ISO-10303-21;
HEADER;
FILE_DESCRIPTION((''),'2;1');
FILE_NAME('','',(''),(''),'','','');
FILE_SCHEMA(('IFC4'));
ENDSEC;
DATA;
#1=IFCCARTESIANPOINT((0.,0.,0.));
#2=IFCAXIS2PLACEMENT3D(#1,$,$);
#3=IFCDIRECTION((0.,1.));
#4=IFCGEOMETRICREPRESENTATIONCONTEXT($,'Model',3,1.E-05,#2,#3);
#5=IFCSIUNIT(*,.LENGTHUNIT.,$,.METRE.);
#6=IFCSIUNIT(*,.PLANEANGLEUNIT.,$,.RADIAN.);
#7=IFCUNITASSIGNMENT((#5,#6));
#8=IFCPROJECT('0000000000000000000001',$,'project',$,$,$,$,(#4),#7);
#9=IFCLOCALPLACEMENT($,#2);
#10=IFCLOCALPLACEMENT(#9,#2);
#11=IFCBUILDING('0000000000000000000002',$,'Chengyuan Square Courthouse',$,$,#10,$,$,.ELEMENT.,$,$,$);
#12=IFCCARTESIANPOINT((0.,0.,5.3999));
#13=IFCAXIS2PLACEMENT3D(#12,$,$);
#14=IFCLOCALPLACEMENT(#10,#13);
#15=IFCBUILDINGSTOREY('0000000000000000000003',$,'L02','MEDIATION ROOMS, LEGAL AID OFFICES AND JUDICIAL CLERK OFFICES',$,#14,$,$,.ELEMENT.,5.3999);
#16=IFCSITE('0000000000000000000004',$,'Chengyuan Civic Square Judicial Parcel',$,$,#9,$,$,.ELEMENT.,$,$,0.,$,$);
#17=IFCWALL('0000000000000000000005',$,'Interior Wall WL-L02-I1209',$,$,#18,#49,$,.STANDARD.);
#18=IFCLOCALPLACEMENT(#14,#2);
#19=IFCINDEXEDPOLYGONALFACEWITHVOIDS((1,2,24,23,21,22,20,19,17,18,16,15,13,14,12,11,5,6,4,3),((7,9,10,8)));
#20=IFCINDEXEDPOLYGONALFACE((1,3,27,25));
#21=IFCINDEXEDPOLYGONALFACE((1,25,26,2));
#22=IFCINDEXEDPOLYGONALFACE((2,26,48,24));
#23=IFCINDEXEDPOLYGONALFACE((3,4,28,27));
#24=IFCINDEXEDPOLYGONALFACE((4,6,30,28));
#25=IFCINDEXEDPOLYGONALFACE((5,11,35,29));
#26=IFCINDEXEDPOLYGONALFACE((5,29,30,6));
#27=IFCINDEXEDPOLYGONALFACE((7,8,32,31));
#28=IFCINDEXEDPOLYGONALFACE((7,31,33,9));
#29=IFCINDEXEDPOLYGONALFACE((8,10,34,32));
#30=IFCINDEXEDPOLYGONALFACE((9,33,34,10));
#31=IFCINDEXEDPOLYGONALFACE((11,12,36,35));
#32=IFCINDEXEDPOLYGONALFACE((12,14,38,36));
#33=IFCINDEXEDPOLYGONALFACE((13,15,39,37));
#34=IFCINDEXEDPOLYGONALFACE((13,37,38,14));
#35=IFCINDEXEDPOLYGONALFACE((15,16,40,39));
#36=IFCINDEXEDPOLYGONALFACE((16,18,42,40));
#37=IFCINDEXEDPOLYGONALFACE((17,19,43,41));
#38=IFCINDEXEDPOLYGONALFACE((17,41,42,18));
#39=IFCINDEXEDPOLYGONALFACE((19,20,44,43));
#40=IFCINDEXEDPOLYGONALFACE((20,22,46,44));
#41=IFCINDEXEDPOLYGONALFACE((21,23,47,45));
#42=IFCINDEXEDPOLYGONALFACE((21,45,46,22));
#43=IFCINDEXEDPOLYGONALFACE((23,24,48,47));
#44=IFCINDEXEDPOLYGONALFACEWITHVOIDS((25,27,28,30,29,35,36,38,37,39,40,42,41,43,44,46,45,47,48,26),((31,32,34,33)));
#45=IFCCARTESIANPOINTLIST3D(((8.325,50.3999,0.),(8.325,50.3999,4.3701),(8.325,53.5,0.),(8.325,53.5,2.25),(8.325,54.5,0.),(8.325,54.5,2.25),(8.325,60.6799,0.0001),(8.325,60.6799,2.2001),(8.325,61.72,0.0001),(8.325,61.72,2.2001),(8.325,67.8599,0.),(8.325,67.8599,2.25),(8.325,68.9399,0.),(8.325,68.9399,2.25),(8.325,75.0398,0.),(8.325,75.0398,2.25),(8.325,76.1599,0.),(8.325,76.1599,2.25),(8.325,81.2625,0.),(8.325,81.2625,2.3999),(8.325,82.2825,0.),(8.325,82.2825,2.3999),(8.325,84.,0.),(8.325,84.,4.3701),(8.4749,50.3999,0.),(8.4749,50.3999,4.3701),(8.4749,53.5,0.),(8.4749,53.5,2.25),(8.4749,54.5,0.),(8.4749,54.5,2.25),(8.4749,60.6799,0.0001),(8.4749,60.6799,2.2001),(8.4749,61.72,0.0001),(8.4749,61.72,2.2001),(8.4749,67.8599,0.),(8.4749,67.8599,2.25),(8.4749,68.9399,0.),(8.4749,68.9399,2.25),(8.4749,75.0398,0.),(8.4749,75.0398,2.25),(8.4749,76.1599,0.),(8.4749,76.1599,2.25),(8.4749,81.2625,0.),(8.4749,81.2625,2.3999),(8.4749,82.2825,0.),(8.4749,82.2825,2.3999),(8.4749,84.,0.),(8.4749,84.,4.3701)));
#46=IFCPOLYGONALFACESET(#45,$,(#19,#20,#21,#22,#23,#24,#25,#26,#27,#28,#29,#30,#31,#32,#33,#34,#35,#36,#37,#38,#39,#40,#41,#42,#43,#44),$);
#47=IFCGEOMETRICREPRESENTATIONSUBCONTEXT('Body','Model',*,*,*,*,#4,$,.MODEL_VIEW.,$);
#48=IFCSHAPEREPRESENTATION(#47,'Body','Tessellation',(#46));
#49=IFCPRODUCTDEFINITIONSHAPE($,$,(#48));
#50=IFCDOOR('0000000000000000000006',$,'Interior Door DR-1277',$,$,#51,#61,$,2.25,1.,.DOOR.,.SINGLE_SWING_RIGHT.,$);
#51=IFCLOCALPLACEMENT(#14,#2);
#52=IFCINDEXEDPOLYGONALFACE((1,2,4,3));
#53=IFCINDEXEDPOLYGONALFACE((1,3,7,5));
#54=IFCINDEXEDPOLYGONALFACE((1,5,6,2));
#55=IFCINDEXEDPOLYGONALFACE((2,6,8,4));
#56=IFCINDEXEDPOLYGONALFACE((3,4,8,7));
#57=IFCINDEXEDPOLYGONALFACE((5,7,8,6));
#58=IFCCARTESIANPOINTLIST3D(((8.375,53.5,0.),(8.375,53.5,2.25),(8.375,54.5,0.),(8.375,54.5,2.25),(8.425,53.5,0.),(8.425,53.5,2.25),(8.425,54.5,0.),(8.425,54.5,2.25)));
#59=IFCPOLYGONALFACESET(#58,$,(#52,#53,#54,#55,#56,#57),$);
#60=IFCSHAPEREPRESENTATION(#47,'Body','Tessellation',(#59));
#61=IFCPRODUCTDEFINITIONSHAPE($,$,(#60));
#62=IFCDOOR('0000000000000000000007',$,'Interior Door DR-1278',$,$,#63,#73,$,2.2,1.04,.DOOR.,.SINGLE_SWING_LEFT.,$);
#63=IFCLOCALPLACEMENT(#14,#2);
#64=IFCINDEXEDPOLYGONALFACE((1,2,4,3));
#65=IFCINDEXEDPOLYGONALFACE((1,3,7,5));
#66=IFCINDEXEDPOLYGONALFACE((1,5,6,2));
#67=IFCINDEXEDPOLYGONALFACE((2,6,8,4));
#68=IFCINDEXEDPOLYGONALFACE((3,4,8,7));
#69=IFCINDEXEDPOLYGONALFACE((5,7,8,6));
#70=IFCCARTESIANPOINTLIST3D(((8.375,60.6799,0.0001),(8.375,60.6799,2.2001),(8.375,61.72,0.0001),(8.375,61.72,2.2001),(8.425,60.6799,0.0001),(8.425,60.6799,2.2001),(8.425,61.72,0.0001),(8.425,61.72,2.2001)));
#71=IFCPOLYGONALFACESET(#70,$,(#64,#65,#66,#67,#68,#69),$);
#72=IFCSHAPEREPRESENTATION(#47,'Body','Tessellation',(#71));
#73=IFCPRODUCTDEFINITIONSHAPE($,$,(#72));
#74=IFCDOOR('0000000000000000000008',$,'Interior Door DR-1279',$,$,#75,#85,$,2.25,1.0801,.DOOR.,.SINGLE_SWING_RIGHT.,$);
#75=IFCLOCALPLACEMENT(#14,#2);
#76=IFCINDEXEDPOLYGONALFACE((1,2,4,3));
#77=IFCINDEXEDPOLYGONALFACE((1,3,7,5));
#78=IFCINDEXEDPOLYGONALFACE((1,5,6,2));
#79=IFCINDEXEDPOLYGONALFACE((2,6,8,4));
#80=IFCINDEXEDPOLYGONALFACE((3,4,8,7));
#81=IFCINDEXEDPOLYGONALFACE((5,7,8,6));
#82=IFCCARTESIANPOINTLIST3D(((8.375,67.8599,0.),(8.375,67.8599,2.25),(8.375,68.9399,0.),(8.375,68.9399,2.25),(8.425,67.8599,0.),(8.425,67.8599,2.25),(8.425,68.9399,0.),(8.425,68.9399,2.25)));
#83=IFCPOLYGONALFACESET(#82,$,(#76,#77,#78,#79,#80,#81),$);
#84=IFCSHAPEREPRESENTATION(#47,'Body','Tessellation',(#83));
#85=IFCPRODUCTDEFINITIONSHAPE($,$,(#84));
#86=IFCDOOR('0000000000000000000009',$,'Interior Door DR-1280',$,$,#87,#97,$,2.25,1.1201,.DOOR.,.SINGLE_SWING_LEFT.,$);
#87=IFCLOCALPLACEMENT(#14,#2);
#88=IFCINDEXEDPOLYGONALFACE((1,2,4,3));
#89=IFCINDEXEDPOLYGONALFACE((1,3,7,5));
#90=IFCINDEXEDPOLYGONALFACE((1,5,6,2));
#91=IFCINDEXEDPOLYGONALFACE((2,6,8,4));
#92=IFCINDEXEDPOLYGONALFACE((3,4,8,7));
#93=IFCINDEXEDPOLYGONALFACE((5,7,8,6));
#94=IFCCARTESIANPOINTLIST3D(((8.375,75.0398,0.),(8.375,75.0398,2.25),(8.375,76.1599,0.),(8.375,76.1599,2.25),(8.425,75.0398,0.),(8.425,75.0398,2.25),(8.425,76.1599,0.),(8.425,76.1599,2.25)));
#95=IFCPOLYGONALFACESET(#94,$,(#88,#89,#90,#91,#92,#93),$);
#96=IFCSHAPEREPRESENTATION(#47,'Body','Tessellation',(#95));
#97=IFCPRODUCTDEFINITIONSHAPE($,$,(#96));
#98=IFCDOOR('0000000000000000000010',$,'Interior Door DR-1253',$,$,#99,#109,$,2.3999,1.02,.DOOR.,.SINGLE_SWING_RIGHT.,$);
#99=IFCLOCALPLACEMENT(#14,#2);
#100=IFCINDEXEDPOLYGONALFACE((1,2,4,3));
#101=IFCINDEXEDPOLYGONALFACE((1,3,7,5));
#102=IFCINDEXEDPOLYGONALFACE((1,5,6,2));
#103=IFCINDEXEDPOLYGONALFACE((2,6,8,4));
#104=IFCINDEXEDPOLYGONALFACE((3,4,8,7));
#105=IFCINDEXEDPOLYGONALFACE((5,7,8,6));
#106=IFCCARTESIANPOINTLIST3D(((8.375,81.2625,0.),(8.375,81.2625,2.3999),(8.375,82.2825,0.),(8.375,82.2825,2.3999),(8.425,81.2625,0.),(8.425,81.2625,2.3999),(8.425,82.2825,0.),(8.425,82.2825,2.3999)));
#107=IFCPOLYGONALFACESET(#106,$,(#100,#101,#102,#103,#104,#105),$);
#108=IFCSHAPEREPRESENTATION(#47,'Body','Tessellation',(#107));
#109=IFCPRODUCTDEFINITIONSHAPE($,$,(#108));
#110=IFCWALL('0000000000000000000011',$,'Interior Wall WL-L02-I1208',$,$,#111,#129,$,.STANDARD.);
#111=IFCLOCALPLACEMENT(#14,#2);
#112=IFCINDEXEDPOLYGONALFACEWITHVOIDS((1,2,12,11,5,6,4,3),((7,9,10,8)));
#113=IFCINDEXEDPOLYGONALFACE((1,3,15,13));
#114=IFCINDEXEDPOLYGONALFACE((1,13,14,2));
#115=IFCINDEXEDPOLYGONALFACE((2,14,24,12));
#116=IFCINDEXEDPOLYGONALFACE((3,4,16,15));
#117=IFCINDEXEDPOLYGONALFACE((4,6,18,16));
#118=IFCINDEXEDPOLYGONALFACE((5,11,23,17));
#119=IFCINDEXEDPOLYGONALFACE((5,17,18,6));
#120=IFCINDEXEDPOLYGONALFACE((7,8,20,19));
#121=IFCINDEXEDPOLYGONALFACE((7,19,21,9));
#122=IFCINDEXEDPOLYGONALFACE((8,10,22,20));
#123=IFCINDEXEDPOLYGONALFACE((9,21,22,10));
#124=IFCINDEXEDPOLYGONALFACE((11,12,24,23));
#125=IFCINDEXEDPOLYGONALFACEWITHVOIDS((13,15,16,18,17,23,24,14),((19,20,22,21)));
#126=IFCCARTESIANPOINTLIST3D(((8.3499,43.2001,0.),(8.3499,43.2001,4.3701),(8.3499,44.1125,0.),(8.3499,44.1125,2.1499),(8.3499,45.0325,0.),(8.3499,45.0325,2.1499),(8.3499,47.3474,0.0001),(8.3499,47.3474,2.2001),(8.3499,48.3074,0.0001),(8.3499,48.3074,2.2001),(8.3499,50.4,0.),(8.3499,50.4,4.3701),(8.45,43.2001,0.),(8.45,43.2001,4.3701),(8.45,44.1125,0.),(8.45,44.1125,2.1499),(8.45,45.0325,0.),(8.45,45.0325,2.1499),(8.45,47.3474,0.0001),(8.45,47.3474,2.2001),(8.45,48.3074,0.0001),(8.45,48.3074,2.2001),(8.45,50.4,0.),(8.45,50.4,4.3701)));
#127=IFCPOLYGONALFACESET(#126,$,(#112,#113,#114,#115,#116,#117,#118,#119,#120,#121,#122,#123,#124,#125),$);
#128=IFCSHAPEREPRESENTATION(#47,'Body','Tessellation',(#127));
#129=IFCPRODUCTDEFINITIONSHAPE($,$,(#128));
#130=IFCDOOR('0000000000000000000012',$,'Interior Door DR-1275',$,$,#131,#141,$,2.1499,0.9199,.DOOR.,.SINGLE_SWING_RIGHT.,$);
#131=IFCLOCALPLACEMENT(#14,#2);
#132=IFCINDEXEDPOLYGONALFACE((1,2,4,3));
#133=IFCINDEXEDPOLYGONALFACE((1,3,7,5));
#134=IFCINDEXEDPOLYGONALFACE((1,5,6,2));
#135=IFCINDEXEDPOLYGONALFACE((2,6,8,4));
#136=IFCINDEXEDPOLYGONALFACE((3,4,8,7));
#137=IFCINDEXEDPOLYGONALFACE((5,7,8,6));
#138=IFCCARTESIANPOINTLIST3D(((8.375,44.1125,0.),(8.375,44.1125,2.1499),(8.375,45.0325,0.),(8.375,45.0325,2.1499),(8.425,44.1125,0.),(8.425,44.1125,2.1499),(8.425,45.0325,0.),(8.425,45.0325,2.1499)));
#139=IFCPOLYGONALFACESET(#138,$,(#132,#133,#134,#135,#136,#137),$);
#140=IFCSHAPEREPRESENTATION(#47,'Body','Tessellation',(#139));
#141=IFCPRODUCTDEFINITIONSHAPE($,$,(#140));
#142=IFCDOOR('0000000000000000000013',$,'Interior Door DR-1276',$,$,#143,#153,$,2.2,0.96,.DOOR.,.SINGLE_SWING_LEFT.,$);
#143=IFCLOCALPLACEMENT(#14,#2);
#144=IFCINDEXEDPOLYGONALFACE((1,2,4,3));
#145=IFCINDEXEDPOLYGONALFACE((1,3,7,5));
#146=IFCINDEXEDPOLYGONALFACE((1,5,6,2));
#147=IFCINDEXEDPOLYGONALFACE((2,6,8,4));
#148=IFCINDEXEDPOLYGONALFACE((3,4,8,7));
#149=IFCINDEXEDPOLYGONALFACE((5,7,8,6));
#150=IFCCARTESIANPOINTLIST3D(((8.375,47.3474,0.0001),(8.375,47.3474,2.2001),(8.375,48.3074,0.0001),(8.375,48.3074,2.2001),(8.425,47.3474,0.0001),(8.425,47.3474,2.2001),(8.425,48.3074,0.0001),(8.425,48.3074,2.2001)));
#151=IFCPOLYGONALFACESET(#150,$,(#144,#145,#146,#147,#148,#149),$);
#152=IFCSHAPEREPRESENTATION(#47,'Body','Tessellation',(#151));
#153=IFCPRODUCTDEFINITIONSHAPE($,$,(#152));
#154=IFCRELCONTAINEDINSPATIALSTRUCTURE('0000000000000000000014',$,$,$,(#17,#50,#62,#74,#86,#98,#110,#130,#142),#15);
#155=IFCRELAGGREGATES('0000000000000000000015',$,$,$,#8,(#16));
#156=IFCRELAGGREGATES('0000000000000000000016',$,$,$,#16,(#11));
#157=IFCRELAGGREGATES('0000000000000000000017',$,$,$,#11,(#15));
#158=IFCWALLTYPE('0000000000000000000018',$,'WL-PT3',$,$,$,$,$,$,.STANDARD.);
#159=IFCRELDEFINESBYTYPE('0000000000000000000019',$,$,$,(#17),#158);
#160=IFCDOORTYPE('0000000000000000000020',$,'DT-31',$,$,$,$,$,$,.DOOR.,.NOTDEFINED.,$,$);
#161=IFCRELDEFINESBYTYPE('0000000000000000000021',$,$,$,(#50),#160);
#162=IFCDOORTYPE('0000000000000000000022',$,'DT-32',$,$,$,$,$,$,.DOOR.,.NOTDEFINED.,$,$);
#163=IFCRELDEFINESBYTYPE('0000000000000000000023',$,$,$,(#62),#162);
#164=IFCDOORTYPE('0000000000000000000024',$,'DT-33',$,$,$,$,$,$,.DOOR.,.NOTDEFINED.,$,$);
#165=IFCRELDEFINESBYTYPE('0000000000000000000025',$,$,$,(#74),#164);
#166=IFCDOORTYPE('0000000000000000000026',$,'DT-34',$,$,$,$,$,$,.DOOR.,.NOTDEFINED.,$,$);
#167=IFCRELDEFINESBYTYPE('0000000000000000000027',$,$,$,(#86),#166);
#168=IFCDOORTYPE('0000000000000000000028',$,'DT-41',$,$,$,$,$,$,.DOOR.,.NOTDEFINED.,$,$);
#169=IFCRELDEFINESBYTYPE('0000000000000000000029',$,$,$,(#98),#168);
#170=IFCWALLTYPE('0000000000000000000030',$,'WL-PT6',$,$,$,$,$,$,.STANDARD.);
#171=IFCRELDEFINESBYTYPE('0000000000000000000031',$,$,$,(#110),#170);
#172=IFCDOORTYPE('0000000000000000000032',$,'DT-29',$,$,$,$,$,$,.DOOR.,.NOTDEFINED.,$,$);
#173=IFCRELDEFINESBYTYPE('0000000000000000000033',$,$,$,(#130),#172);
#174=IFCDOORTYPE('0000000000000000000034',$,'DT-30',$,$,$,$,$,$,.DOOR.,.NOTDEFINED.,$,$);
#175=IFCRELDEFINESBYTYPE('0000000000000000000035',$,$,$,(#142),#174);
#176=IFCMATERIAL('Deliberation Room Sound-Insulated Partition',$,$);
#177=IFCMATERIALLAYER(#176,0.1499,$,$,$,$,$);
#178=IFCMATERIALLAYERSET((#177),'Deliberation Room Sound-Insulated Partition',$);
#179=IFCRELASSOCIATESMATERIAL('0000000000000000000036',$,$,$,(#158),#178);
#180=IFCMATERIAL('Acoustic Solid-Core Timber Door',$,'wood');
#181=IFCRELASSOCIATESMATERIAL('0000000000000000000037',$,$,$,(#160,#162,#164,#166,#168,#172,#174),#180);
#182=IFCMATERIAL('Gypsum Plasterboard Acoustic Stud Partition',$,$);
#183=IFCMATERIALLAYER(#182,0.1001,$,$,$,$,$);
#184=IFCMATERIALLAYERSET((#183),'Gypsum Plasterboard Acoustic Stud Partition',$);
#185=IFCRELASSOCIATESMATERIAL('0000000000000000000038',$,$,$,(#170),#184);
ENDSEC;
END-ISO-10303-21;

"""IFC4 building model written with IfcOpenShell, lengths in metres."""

from ifc_helpers import new_model, si_unit, direction, frame, frame_2d, origin, place, context, subcontext, project, spatial, rectangle, extrude, material, layer, layer_set, type_object, element, fill, save


model = new_model("IFC4")

# Units and contexts
model_context = context("Model", 3, precision=1e-05, world=origin(), true_north=direction((0.0, 1.0)))
body_context = subcontext(model_context, "Body", "Model", "MODEL_VIEW")
ifc_project = project(units=[si_unit("LENGTHUNIT", "METRE"), si_unit("PLANEANGLEUNIT", "RADIAN")], contexts=[model_context])

# Site, building, storey
site_placement = place(None, origin())
site = spatial("IfcSite", under=ifc_project, at=site_placement, Name="Chengyuan Civic Square Judicial Parcel", CompositionType="ELEMENT", RefElevation=0.0)
building_placement = place(site_placement, origin())
building = spatial("IfcBuilding", under=site, at=building_placement, Name="Chengyuan Square Courthouse", CompositionType="ELEMENT")
storey_placement = place(building_placement, frame((0.0, 0.0, 5.3999)))
storey = spatial("IfcBuildingStorey", under=building, at=storey_placement, Name="L02", Description="MEDIATION ROOMS, LEGAL AID OFFICES AND JUDICIAL CLERK OFFICES", CompositionType="ELEMENT", Elevation=5.3999)

# Walls, openings, doors
ifc_material_1 = material(Name="Deliberation Room Sound-Insulated Partition")
ifc_layer_1 = layer(ifc_material_1, 0.1499)
ifc_layer_set_1 = layer_set([ifc_layer_1], Name="Deliberation Room Sound-Insulated Partition")
wall_type_1 = type_object("IfcWallType", Name="WL-PT3", PredefinedType="STANDARD", material=ifc_layer_set_1)
wall_1_placement = place(storey_placement, frame((8.3999, 50.3999, 0.0), z_axis=(0.0, 0.0, 1.0), x_axis=(0.0, 1.0, 0.0)))
wall_1 = element("IfcWall", 1, at=wall_1_placement, inside=storey, type_object=wall_type_1, Name="Interior Wall WL-L02-I1209", PredefinedType="STANDARD", context=body_context, shape_type="SweptSolid", body=[
    extrude(rectangle(XDim=33.6001, YDim=0.1499, at=frame_2d((16.8, 0.0))), origin(), (0.0, 0.0, 1.0), 4.3701),
])
opening_1_placement = place(wall_1_placement, frame((30.8625, 0.0, 0.0)))
opening_1 = element("IfcOpeningElement", 2, at=opening_1_placement, cuts=wall_1, PredefinedType="OPENING", context=body_context, shape_type="SweptSolid", body=[
    extrude(rectangle(XDim=1.02, YDim=2.3999, at=frame_2d((0.51, 1.2))), frame((0.0, 0.0869, 0.0), z_axis=(0.0, -1.0, 0.0), x_axis=(1.0, 0.0, 0.0)), (0.0, 0.0, 1.0), 0.1738),
])
opening_2_placement = place(wall_1_placement, frame((3.1001, 0.0, 0.0)))
opening_2 = element("IfcOpeningElement", 3, at=opening_2_placement, cuts=wall_1, PredefinedType="OPENING", context=body_context, shape_type="SweptSolid", body=[
    extrude(rectangle(XDim=1.0, YDim=2.25, at=frame_2d((0.5, 1.125))), frame((0.0, 0.0869, 0.0), z_axis=(0.0, -1.0, 0.0), x_axis=(1.0, 0.0, 0.0)), (0.0, 0.0, 1.0), 0.1738),
])
opening_3_placement = place(wall_1_placement, frame((10.28, 0.0, 0.0)))
opening_3 = element("IfcOpeningElement", 4, at=opening_3_placement, cuts=wall_1, PredefinedType="OPENING", context=body_context, shape_type="SweptSolid", body=[
    extrude(rectangle(XDim=1.04, YDim=2.2, at=frame_2d((0.52, 1.1001))), frame((0.0, 0.0869, 0.0), z_axis=(0.0, -1.0, 0.0), x_axis=(1.0, 0.0, 0.0)), (0.0, 0.0, 1.0), 0.1738),
])
opening_4_placement = place(wall_1_placement, frame((17.46, 0.0, 0.0)))
opening_4 = element("IfcOpeningElement", 5, at=opening_4_placement, cuts=wall_1, PredefinedType="OPENING", context=body_context, shape_type="SweptSolid", body=[
    extrude(rectangle(XDim=1.0801, YDim=2.25, at=frame_2d((0.54, 1.125))), frame((0.0, 0.0869, 0.0), z_axis=(0.0, -1.0, 0.0), x_axis=(1.0, 0.0, 0.0)), (0.0, 0.0, 1.0), 0.1738),
])
opening_5_placement = place(wall_1_placement, frame((24.6399, 0.0, 0.0)))
opening_5 = element("IfcOpeningElement", 6, at=opening_5_placement, cuts=wall_1, PredefinedType="OPENING", context=body_context, shape_type="SweptSolid", body=[
    extrude(rectangle(XDim=1.1201, YDim=2.25, at=frame_2d((0.5601, 1.125))), frame((0.0, 0.0869, 0.0), z_axis=(0.0, -1.0, 0.0), x_axis=(1.0, 0.0, 0.0)), (0.0, 0.0, 1.0), 0.1738),
])
ifc_material_2 = material(Name="Acoustic Solid-Core Timber Door", Category="wood")
door_type_1 = type_object("IfcDoorType", Name="DT-31", OperationType="NOTDEFINED", PredefinedType="DOOR", material=ifc_material_2)
door_1_placement = place(opening_2_placement, origin())
door_1 = element("IfcDoor", 7, at=door_1_placement, inside=storey, type_object=door_type_1, Name="Interior Door DR-1277", OperationType="SINGLE_SWING_RIGHT", OverallHeight=2.25, OverallWidth=1.0, PredefinedType="DOOR", context=body_context, shape_type="SweptSolid", body=[
    extrude(rectangle(XDim=1.0, YDim=2.25, at=frame_2d((0.5, 1.125))), frame((0.0, 0.0249, 0.0), z_axis=(0.0, -1.0, 0.0), x_axis=(1.0, 0.0, 0.0)), (0.0, 0.0, 1.0), 0.05),
])
fill(opening_2, door_1)
door_type_2 = type_object("IfcDoorType", Name="DT-32", OperationType="NOTDEFINED", PredefinedType="DOOR", material=ifc_material_2)
door_2_placement = place(opening_3_placement, origin())
door_2 = element("IfcDoor", 8, at=door_2_placement, inside=storey, type_object=door_type_2, Name="Interior Door DR-1278", OperationType="SINGLE_SWING_LEFT", OverallHeight=2.2, OverallWidth=1.04, PredefinedType="DOOR", context=body_context, shape_type="SweptSolid", body=[
    extrude(rectangle(XDim=1.04, YDim=2.2, at=frame_2d((0.52, 1.1001))), frame((0.0, 0.0249, 0.0), z_axis=(0.0, -1.0, 0.0), x_axis=(1.0, 0.0, 0.0)), (0.0, 0.0, 1.0), 0.05),
])
fill(opening_3, door_2)
door_type_3 = type_object("IfcDoorType", Name="DT-33", OperationType="NOTDEFINED", PredefinedType="DOOR", material=ifc_material_2)
door_3_placement = place(opening_4_placement, origin())
door_3 = element("IfcDoor", 9, at=door_3_placement, inside=storey, type_object=door_type_3, Name="Interior Door DR-1279", OperationType="SINGLE_SWING_RIGHT", OverallHeight=2.25, OverallWidth=1.0801, PredefinedType="DOOR", context=body_context, shape_type="SweptSolid", body=[
    extrude(rectangle(XDim=1.0801, YDim=2.25, at=frame_2d((0.54, 1.125))), frame((0.0, 0.0249, 0.0), z_axis=(0.0, -1.0, 0.0), x_axis=(1.0, 0.0, 0.0)), (0.0, 0.0, 1.0), 0.05),
])
fill(opening_4, door_3)
door_type_4 = type_object("IfcDoorType", Name="DT-34", OperationType="NOTDEFINED", PredefinedType="DOOR", material=ifc_material_2)
door_4_placement = place(opening_5_placement, origin())
door_4 = element("IfcDoor", 10, at=door_4_placement, inside=storey, type_object=door_type_4, Name="Interior Door DR-1280", OperationType="SINGLE_SWING_LEFT", OverallHeight=2.25, OverallWidth=1.1201, PredefinedType="DOOR", context=body_context, shape_type="SweptSolid", body=[
    extrude(rectangle(XDim=1.1201, YDim=2.25, at=frame_2d((0.5601, 1.125))), frame((0.0, 0.0249, 0.0), z_axis=(0.0, -1.0, 0.0), x_axis=(1.0, 0.0, 0.0)), (0.0, 0.0, 1.0), 0.05),
])
fill(opening_5, door_4)
door_type_5 = type_object("IfcDoorType", Name="DT-41", OperationType="NOTDEFINED", PredefinedType="DOOR", material=ifc_material_2)
door_5_placement = place(opening_1_placement, origin())
door_5 = element("IfcDoor", 11, at=door_5_placement, inside=storey, type_object=door_type_5, Name="Interior Door DR-1253", OperationType="SINGLE_SWING_RIGHT", OverallHeight=2.3999, OverallWidth=1.02, PredefinedType="DOOR", context=body_context, shape_type="SweptSolid", body=[
    extrude(rectangle(XDim=1.02, YDim=2.3999, at=frame_2d((0.51, 1.2))), frame((0.0, 0.0249, 0.0), z_axis=(0.0, -1.0, 0.0), x_axis=(1.0, 0.0, 0.0)), (0.0, 0.0, 1.0), 0.05),
])
fill(opening_1, door_5)
ifc_material_3 = material(Name="Gypsum Plasterboard Acoustic Stud Partition")
ifc_layer_2 = layer(ifc_material_3, 0.1001)
ifc_layer_set_2 = layer_set([ifc_layer_2], Name="Gypsum Plasterboard Acoustic Stud Partition")
wall_type_2 = type_object("IfcWallType", Name="WL-PT6", PredefinedType="STANDARD", material=ifc_layer_set_2)
wall_2_placement = place(storey_placement, frame((8.3999, 43.2, 0.0), z_axis=(0.0, 0.0, 1.0), x_axis=(0.0, 1.0, 0.0)))
wall_2 = element("IfcWall", 12, at=wall_2_placement, inside=storey, type_object=wall_type_2, Name="Interior Wall WL-L02-I1208", PredefinedType="STANDARD", context=body_context, shape_type="SweptSolid", body=[
    extrude(rectangle(XDim=7.2, YDim=0.1001, at=frame_2d((3.6001, 0.0))), origin(), (0.0, 0.0, 1.0), 4.3701),
])
opening_6_placement = place(wall_2_placement, frame((0.9126, 0.0, 0.0)))
opening_6 = element("IfcOpeningElement", 13, at=opening_6_placement, cuts=wall_2, PredefinedType="OPENING", context=body_context, shape_type="SweptSolid", body=[
    extrude(rectangle(XDim=0.9199, YDim=2.1499, at=frame_2d((0.46, 1.075))), frame((0.0, 0.062, 0.0), z_axis=(0.0, -1.0, 0.0), x_axis=(1.0, 0.0, 0.0)), (0.0, 0.0, 1.0), 0.124),
])
opening_7_placement = place(wall_2_placement, frame((4.1475, 0.0, 0.0)))
opening_7 = element("IfcOpeningElement", 14, at=opening_7_placement, cuts=wall_2, PredefinedType="OPENING", context=body_context, shape_type="SweptSolid", body=[
    extrude(rectangle(XDim=0.96, YDim=2.2, at=frame_2d((0.48, 1.1001))), frame((0.0, 0.062, 0.0), z_axis=(0.0, -1.0, 0.0), x_axis=(1.0, 0.0, 0.0)), (0.0, 0.0, 1.0), 0.124),
])
door_type_6 = type_object("IfcDoorType", Name="DT-29", OperationType="NOTDEFINED", PredefinedType="DOOR", material=ifc_material_2)
door_6_placement = place(opening_6_placement, origin())
door_6 = element("IfcDoor", 15, at=door_6_placement, inside=storey, type_object=door_type_6, Name="Interior Door DR-1275", OperationType="SINGLE_SWING_RIGHT", OverallHeight=2.1499, OverallWidth=0.9199, PredefinedType="DOOR", context=body_context, shape_type="SweptSolid", body=[
    extrude(rectangle(XDim=0.9199, YDim=2.1499, at=frame_2d((0.46, 1.075))), frame((0.0, 0.0249, 0.0), z_axis=(0.0, -1.0, 0.0), x_axis=(1.0, 0.0, 0.0)), (0.0, 0.0, 1.0), 0.05),
])
fill(opening_6, door_6)
door_type_7 = type_object("IfcDoorType", Name="DT-30", OperationType="NOTDEFINED", PredefinedType="DOOR", material=ifc_material_2)
door_7_placement = place(opening_7_placement, origin())
door_7 = element("IfcDoor", 16, at=door_7_placement, inside=storey, type_object=door_type_7, Name="Interior Door DR-1276", OperationType="SINGLE_SWING_LEFT", OverallHeight=2.2, OverallWidth=0.96, PredefinedType="DOOR", context=body_context, shape_type="SweptSolid", body=[
    extrude(rectangle(XDim=0.96, YDim=2.2, at=frame_2d((0.48, 1.1001))), frame((0.0, 0.0249, 0.0), z_axis=(0.0, -1.0, 0.0), x_axis=(1.0, 0.0, 0.0)), (0.0, 0.0, 1.0), 0.05),
])
fill(opening_7, door_7)

save(model, "model.ifc")
